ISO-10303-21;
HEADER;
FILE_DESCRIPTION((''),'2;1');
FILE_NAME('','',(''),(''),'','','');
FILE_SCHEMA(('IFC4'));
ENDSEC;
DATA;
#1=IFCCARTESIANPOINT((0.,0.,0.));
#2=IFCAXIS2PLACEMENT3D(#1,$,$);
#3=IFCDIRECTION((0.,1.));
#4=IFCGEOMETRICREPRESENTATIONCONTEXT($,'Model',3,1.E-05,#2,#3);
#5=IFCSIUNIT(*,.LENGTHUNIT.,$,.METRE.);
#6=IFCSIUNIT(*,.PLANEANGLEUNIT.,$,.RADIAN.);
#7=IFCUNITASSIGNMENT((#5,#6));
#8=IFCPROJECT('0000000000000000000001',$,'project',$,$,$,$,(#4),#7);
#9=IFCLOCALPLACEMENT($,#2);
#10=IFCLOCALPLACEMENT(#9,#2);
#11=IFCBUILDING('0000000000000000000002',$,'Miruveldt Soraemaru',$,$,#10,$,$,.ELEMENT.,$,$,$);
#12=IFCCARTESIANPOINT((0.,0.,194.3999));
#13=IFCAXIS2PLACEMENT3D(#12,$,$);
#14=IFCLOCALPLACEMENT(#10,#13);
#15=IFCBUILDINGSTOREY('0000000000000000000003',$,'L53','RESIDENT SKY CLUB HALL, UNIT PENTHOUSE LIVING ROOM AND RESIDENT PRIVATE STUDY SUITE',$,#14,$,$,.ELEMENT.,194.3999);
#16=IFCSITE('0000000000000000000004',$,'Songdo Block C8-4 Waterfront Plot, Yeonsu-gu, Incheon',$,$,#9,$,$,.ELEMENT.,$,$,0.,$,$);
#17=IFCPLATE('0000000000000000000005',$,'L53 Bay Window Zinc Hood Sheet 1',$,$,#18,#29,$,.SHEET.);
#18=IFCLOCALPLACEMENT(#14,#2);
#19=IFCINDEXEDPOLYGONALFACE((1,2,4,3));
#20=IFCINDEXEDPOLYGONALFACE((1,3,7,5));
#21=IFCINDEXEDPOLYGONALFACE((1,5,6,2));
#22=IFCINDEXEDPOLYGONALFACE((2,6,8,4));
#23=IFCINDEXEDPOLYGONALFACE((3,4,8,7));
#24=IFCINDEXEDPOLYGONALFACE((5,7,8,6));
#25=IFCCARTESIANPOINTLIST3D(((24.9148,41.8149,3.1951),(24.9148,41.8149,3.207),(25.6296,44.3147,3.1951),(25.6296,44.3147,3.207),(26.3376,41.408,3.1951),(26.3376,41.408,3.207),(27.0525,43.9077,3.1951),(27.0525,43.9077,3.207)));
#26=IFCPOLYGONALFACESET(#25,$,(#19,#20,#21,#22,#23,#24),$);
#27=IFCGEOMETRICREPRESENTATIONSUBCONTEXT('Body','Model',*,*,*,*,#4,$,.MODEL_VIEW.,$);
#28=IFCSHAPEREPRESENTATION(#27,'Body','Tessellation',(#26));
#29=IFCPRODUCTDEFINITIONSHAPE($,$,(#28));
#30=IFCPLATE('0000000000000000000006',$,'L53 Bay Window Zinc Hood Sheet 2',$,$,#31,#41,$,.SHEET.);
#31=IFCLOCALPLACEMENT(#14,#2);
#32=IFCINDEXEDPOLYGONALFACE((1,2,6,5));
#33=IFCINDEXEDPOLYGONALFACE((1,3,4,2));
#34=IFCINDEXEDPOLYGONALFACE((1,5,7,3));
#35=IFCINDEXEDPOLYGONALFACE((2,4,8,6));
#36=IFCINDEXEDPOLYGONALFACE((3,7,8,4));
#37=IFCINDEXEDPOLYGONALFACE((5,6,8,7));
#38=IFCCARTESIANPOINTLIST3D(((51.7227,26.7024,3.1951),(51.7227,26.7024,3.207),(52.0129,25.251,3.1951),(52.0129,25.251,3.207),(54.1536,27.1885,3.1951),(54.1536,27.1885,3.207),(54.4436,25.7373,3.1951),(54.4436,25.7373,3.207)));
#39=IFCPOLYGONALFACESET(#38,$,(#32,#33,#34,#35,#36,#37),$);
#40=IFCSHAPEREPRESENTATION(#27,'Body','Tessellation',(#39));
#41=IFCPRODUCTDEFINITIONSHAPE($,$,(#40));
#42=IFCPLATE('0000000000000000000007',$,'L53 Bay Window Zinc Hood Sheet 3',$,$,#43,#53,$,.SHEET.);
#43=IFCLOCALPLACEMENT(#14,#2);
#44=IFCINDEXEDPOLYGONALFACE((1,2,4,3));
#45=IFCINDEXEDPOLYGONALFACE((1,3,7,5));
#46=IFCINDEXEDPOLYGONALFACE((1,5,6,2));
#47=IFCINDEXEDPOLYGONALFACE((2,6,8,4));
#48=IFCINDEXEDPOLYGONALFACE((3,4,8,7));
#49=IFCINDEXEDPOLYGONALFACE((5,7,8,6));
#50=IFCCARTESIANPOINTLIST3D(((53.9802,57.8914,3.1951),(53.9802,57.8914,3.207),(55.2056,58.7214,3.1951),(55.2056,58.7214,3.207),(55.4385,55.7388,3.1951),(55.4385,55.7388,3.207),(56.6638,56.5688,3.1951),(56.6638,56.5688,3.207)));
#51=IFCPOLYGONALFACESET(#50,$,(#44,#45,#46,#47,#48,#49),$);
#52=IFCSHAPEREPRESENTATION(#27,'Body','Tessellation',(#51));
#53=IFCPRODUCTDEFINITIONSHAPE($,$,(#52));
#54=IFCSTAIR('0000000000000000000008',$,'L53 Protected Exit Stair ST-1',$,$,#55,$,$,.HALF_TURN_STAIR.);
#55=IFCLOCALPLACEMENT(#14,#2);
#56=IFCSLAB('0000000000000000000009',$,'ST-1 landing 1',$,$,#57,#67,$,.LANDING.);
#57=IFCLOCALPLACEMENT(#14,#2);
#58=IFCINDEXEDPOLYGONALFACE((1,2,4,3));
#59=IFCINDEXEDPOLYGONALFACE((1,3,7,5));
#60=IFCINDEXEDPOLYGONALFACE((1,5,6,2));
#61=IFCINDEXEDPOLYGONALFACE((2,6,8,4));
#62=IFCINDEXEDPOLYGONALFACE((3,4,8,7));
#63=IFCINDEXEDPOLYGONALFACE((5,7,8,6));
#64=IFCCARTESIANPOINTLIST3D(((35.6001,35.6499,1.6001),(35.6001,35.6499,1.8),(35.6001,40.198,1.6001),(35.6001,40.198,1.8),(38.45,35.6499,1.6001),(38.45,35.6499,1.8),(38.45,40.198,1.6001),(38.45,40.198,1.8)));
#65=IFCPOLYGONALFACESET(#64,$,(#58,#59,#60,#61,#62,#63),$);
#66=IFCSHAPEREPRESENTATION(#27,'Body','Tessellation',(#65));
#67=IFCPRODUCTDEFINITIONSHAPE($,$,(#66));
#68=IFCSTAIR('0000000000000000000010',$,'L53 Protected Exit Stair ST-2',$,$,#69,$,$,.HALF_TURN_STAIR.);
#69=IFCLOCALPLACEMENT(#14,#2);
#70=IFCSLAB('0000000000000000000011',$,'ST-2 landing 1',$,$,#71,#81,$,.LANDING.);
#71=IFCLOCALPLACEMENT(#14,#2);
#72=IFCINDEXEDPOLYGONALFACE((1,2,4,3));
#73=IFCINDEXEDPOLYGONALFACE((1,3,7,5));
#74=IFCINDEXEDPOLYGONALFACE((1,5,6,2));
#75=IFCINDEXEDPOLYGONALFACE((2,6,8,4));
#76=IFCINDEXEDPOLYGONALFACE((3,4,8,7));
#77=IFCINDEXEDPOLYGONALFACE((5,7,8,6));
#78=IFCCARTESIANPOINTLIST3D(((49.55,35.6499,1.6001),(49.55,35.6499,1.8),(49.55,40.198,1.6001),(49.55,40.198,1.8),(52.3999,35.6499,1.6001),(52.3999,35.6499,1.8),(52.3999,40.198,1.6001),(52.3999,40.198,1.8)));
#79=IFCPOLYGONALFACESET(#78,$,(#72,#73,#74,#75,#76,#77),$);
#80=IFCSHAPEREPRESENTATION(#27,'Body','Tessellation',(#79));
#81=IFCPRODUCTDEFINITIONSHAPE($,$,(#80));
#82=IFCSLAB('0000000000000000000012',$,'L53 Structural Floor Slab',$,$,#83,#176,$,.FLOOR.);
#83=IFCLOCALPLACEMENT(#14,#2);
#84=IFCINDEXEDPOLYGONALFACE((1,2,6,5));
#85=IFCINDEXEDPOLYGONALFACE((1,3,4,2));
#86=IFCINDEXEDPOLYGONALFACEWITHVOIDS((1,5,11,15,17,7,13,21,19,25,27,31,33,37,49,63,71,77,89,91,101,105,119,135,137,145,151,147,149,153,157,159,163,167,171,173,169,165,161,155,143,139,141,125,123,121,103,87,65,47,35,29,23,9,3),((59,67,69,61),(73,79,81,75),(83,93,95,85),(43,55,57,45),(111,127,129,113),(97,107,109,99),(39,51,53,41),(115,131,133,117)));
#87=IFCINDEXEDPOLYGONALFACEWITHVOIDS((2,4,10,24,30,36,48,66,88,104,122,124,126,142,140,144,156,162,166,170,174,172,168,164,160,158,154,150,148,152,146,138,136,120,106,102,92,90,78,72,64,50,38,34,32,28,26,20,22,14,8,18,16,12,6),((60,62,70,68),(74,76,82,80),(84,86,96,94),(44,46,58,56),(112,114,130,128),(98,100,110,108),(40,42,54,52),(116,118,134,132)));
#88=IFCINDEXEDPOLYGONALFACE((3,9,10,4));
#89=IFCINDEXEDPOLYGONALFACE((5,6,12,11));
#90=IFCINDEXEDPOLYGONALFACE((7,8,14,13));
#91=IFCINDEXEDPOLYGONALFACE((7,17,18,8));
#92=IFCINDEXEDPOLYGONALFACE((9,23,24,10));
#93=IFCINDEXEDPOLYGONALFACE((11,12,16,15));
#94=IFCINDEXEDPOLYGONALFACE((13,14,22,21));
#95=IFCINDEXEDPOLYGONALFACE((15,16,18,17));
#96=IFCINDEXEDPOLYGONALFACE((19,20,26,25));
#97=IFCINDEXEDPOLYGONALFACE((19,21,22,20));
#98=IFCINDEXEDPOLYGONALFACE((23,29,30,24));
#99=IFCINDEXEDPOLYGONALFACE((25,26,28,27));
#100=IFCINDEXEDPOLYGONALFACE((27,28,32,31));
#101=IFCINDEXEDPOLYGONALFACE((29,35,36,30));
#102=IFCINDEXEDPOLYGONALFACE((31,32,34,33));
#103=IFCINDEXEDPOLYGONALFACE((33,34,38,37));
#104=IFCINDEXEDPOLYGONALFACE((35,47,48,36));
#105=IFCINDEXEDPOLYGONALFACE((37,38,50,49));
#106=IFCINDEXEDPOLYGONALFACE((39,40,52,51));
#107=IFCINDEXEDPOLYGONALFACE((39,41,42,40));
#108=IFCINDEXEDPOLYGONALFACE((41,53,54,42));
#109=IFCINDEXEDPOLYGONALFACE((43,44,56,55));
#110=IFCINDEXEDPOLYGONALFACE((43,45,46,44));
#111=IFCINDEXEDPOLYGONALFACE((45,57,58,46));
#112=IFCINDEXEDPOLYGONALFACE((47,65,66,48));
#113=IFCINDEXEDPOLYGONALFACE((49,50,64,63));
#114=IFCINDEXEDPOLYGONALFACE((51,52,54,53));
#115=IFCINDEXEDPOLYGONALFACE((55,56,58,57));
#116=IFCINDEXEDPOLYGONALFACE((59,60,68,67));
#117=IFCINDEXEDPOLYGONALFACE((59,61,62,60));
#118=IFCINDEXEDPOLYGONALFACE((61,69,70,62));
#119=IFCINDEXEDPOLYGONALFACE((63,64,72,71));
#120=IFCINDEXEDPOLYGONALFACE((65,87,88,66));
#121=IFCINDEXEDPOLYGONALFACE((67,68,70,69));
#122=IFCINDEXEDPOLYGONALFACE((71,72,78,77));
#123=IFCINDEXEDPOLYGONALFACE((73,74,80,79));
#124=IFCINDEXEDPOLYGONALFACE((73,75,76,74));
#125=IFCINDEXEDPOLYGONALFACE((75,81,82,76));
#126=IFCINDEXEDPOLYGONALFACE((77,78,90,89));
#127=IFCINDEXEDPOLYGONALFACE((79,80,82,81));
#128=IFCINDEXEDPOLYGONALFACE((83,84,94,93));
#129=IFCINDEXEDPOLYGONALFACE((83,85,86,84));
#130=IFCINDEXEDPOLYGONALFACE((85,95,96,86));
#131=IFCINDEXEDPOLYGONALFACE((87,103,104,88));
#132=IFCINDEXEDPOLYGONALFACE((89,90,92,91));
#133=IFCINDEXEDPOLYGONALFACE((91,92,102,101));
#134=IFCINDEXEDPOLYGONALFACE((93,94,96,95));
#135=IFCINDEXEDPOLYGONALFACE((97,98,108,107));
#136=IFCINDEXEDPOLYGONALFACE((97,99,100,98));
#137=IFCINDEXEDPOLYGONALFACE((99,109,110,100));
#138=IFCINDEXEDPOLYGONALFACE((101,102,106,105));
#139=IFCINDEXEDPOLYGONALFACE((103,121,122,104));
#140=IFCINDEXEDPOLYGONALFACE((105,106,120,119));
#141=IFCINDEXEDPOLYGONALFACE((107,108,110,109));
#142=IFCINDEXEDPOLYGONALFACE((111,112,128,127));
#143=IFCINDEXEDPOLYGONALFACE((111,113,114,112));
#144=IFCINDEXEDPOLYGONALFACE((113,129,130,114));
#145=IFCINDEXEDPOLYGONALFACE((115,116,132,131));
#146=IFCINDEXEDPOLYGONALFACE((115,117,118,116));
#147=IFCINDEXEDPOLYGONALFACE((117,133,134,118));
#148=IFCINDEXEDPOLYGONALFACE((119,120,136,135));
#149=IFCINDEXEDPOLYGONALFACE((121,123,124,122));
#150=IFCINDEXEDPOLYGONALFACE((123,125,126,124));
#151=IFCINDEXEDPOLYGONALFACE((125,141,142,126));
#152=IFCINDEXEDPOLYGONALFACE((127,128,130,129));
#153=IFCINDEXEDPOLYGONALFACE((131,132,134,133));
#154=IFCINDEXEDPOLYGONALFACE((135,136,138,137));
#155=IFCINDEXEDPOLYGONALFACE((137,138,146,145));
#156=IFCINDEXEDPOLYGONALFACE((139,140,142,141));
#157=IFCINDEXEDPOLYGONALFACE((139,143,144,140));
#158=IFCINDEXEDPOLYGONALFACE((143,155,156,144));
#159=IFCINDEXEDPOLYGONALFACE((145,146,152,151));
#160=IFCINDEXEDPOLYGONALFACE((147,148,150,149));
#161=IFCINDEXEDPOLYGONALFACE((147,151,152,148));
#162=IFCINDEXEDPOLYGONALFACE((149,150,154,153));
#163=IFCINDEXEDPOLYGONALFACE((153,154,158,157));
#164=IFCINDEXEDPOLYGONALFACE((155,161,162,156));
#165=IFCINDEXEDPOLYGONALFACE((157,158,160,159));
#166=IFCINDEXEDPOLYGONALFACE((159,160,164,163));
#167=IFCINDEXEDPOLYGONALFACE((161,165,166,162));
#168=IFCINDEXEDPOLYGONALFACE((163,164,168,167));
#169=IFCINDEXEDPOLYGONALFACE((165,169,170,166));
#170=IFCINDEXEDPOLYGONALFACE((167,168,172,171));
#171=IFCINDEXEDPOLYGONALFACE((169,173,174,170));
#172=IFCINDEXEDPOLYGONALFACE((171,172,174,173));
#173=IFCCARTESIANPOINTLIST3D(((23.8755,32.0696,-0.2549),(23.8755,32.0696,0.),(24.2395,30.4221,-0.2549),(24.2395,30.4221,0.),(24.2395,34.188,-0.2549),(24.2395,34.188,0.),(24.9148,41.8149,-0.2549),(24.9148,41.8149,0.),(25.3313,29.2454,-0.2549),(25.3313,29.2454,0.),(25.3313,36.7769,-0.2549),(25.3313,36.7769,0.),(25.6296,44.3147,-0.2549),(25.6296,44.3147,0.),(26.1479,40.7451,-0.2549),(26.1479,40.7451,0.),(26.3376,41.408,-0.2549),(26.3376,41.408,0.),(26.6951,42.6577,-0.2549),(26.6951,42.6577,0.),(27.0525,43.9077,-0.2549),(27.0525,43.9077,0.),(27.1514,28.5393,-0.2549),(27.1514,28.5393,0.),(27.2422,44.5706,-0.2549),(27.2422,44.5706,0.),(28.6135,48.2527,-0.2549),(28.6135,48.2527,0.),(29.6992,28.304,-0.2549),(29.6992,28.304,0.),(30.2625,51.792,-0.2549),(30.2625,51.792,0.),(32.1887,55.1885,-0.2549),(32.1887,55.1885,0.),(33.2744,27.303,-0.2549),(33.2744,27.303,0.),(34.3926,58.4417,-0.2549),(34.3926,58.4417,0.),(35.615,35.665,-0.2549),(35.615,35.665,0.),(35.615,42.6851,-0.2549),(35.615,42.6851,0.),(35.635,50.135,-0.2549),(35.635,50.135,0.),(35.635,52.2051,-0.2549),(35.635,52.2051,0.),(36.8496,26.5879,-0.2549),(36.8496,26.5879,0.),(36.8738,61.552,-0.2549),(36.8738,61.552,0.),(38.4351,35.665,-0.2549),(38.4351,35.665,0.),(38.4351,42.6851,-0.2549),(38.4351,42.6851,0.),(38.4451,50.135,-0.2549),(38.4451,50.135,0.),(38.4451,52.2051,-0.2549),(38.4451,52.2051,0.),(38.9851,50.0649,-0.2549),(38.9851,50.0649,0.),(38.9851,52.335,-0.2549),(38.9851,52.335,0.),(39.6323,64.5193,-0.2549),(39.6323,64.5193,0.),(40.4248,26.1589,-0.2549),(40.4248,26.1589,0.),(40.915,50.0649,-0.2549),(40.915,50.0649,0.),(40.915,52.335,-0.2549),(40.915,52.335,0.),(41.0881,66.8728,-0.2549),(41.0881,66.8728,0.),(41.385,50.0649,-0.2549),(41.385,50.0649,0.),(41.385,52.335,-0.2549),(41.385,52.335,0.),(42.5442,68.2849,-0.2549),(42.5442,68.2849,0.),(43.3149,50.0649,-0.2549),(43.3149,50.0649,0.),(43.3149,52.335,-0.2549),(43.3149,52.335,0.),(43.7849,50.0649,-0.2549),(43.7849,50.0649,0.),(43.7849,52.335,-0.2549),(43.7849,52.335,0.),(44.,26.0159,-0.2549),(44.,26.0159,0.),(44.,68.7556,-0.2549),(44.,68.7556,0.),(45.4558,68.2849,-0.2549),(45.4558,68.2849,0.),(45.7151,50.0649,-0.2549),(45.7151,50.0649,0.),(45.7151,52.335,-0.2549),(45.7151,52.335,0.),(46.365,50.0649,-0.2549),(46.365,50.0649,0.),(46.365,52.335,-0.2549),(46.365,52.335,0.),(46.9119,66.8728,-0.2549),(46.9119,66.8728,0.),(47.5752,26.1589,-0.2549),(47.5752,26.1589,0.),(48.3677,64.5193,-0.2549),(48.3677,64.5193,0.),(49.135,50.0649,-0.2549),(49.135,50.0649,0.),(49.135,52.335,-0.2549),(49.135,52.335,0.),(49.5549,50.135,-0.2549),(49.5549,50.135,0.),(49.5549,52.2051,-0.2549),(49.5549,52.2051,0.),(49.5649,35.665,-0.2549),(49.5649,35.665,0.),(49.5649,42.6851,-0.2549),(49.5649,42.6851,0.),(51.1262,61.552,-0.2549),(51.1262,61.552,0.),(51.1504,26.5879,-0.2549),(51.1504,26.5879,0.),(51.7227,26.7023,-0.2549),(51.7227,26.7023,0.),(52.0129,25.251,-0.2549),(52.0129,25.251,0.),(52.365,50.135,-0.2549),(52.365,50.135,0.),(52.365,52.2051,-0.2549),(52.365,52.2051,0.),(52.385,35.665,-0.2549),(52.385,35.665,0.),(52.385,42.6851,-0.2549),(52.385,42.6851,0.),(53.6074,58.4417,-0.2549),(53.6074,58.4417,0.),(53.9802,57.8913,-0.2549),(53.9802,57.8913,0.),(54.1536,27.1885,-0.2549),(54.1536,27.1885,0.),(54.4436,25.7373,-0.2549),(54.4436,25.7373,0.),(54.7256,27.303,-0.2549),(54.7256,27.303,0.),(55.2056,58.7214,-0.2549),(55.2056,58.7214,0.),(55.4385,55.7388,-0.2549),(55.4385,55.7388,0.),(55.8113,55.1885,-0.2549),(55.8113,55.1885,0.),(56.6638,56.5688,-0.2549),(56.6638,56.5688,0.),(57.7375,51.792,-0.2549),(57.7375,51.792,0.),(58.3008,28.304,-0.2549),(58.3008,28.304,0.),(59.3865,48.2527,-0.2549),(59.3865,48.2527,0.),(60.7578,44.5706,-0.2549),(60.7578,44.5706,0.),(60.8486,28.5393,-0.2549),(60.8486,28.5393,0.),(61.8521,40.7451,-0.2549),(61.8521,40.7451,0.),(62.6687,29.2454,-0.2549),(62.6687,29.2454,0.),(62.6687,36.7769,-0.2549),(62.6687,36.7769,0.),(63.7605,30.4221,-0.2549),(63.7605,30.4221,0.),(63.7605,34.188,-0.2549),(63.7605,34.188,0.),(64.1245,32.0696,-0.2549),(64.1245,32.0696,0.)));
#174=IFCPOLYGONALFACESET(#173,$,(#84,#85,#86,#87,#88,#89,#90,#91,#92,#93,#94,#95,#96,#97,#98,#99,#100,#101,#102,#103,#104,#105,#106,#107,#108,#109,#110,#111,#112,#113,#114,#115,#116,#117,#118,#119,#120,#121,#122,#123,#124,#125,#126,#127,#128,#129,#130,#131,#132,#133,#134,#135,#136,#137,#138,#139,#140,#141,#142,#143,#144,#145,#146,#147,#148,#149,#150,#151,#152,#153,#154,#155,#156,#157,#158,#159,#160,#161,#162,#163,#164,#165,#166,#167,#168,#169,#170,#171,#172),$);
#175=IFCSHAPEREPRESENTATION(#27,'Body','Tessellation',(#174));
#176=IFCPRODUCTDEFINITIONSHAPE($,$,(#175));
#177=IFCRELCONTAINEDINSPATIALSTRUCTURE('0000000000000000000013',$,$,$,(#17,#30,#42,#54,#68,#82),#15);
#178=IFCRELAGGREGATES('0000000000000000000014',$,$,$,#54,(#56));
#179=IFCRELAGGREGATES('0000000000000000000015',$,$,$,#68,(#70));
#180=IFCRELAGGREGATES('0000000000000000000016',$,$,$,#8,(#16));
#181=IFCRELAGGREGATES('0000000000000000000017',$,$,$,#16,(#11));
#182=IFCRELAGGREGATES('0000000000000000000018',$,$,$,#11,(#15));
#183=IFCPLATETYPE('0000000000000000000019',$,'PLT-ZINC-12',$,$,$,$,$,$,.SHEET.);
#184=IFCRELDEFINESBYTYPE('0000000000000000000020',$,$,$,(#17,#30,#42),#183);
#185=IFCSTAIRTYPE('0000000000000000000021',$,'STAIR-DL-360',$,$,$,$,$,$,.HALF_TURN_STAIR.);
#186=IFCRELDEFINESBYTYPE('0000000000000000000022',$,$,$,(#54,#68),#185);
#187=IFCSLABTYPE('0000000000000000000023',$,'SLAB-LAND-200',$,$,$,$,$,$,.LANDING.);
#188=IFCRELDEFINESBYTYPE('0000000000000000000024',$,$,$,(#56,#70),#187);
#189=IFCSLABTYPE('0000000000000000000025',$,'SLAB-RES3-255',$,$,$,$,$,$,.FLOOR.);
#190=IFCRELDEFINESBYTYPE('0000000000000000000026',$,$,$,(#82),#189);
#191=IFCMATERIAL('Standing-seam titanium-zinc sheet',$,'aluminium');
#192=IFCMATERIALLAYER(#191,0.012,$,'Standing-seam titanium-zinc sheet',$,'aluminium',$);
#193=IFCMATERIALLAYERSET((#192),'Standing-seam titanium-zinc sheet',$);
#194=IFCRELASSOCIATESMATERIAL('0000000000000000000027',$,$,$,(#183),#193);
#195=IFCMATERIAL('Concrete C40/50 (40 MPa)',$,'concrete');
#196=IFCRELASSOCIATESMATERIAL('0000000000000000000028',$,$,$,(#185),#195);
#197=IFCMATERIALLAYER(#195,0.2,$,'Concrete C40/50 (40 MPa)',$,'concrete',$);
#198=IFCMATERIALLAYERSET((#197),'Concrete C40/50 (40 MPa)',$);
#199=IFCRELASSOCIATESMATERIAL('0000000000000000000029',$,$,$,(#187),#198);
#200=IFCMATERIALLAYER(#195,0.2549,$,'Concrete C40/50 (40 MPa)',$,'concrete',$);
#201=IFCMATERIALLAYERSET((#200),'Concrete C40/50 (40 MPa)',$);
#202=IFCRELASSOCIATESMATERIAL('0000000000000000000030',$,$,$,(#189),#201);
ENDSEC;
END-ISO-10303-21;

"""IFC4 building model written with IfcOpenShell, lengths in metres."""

from ifc_helpers import new_model, si_unit, direction, frame, origin, place, context, subcontext, project, spatial, polyline, outline, extrude, material, layer, layer_set, type_object, element, aggregate, save


model = new_model("IFC4")

# Units and contexts
model_context = context("Model", 3, precision=1e-05, world=origin(), true_north=direction((0.0, 1.0)))
body_context = subcontext(model_context, "Body", "Model", "MODEL_VIEW")
ifc_project = project(units=[si_unit("LENGTHUNIT", "METRE"), si_unit("PLANEANGLEUNIT", "RADIAN")], contexts=[model_context])

# Site, building, storey
site_placement = place(None, origin())
site = spatial("IfcSite", under=ifc_project, at=site_placement, Name="Songdo Block C8-4 Waterfront Plot, Yeonsu-gu, Incheon", CompositionType="ELEMENT", RefElevation=0.0)
building_placement = place(site_placement, origin())
building = spatial("IfcBuilding", under=site, at=building_placement, Name="Miruveldt Soraemaru", CompositionType="ELEMENT")
storey_placement = place(building_placement, frame((0.0, 0.0, 194.3999)))
storey = spatial("IfcBuildingStorey", under=building, at=storey_placement, Name="L53", Description="RESIDENT SKY CLUB HALL, UNIT PENTHOUSE LIVING ROOM AND RESIDENT PRIVATE STUDY SUITE", CompositionType="ELEMENT", Elevation=194.3999)

# Plates
ifc_material_1 = material(Name="Standing-seam titanium-zinc sheet", Category="aluminium")
ifc_layer_1 = layer(ifc_material_1, 0.012, Name="Standing-seam titanium-zinc sheet", Category="aluminium")
ifc_layer_set_1 = layer_set([ifc_layer_1], Name="Standing-seam titanium-zinc sheet")
plate_type = type_object("IfcPlateType", Name="PLT-ZINC-12", PredefinedType="SHEET", material=ifc_layer_set_1)
plate_1_placement = place(storey_placement, frame((0.0, 0.0, 3.1951)))
element("IfcPlate", 1, at=plate_1_placement, inside=storey, type_object=plate_type, Name="L53 Bay Window Zinc Hood Sheet 1", PredefinedType="SHEET", context=body_context, shape_type="SweptSolid", body=[
    extrude(outline(polyline([(27.0525, 43.9077), (26.3376, 41.408), (24.9148, 41.8149), (25.6296, 44.3147), (27.0525, 43.9077)])), origin(), (0.0, 0.0, 1.0), 0.012),
])
plate_2_placement = place(storey_placement, frame((0.0, 0.0, 3.1951)))
element("IfcPlate", 2, at=plate_2_placement, inside=storey, type_object=plate_type, Name="L53 Bay Window Zinc Hood Sheet 2", PredefinedType="SHEET", context=body_context, shape_type="SweptSolid", body=[
    extrude(outline(polyline([(51.7227, 26.7024), (54.1536, 27.1885), (54.4436, 25.7373), (52.0129, 25.251), (51.7227, 26.7024)])), origin(), (0.0, 0.0, 1.0), 0.012),
])
plate_3_placement = place(storey_placement, frame((0.0, 0.0, 3.1951)))
element("IfcPlate", 3, at=plate_3_placement, inside=storey, type_object=plate_type, Name="L53 Bay Window Zinc Hood Sheet 3", PredefinedType="SHEET", context=body_context, shape_type="SweptSolid", body=[
    extrude(outline(polyline([(55.4385, 55.7388), (53.9802, 57.8914), (55.2056, 58.7214), (56.6638, 56.5688), (55.4385, 55.7388)])), origin(), (0.0, 0.0, 1.0), 0.012),
])

# Stairs, slabs
ifc_material_2 = material(Name="Concrete C40/50 (40 MPa)", Category="concrete")
stair_type = type_object("IfcStairType", Name="STAIR-DL-360", PredefinedType="HALF_TURN_STAIR", material=ifc_material_2)
stair_1_placement = place(storey_placement, origin())
stair_1 = element("IfcStair", 4, at=stair_1_placement, inside=storey, type_object=stair_type, Name="L53 Protected Exit Stair ST-1", PredefinedType="HALF_TURN_STAIR")
ifc_layer_2 = layer(ifc_material_2, 0.2, Name="Concrete C40/50 (40 MPa)", Category="concrete")
ifc_layer_set_2 = layer_set([ifc_layer_2], Name="Concrete C40/50 (40 MPa)")
slab_type_1 = type_object("IfcSlabType", Name="SLAB-LAND-200", PredefinedType="LANDING", material=ifc_layer_set_2)
slab_1_placement = place(storey_placement, frame((0.0, 0.0, 1.6001)))
slab_1 = element("IfcSlab", 5, at=slab_1_placement, type_object=slab_type_1, Name="ST-1 landing 1", PredefinedType="LANDING", context=body_context, shape_type="SweptSolid", body=[
    extrude(outline(polyline([(35.6001, 40.198), (35.6001, 35.6499), (38.45, 35.6499), (38.45, 40.198), (35.6001, 40.198)])), origin(), (0.0, 0.0, 1.0), 0.2),
])
aggregate(stair_1, [slab_1])
stair_2_placement = place(storey_placement, origin())
stair_2 = element("IfcStair", 6, at=stair_2_placement, inside=storey, type_object=stair_type, Name="L53 Protected Exit Stair ST-2", PredefinedType="HALF_TURN_STAIR")
slab_2_placement = place(storey_placement, frame((0.0, 0.0, 1.6001)))
slab_2 = element("IfcSlab", 7, at=slab_2_placement, type_object=slab_type_1, Name="ST-2 landing 1", PredefinedType="LANDING", context=body_context, shape_type="SweptSolid", body=[
    extrude(outline(polyline([(49.55, 40.198), (49.55, 35.6499), (52.3999, 35.6499), (52.3999, 40.198), (49.55, 40.198)])), origin(), (0.0, 0.0, 1.0), 0.2),
])
aggregate(stair_2, [slab_2])

# Slab
ifc_layer_3 = layer(ifc_material_2, 0.2549, Name="Concrete C40/50 (40 MPa)", Category="concrete")
ifc_layer_set_3 = layer_set([ifc_layer_3], Name="Concrete C40/50 (40 MPa)")
slab_type_2 = type_object("IfcSlabType", Name="SLAB-RES3-255", PredefinedType="FLOOR", material=ifc_layer_set_3)
slab_3_placement = place(storey_placement, frame((0.0, 0.0, -0.2549)))
element("IfcSlab", 8, at=slab_3_placement, inside=storey, type_object=slab_type_2, Name="L53 Structural Floor Slab", PredefinedType="FLOOR", context=body_context, shape_type="SweptSolid", body=[
    extrude(outline(polyline([(52.0129, 25.251), (51.7227, 26.7024), (52.938, 26.9453), (51.1504, 26.5879), (47.5752, 26.1589), (44.0, 26.0159), (40.4248, 26.1589), (36.8496, 26.5879), (33.2744, 27.303), (29.6992, 28.304), (27.1514, 28.5393), (25.3313, 29.2454), (24.2395, 30.4221), (23.8755, 32.0696), (24.2395, 34.188), (25.3313, 36.7769), (26.1479, 40.7451), (26.3376, 41.408), (24.9148, 41.8149), (25.6296, 44.3147), (27.0525, 43.9077), (26.6951, 42.6577), (27.2422, 44.5706), (28.6135, 48.2527), (30.2625, 51.792), (32.1887, 55.1885), (34.3926, 58.4417), (36.8738, 61.552), (39.6323, 64.5193), (41.0881, 66.8728), (42.5442, 68.2849), (44.0, 68.7556), (45.4558, 68.2849), (46.9119, 66.8728), (48.3677, 64.5193), (51.1262, 61.552), (53.6074, 58.4417), (54.7092, 56.8149), (53.9802, 57.8914), (55.2056, 58.7214), (56.6638, 56.5688), (55.4385, 55.7388), (55.8113, 55.1885), (57.7375, 51.792), (59.3865, 48.2527), (60.7578, 44.5706), (61.8521, 40.7451), (62.6687, 36.7769), (63.7605, 34.188), (64.1245, 32.0696), (63.7605, 30.4221), (62.6687, 29.2454), (60.8486, 28.5393), (58.3008, 28.304), (54.7256, 27.303), (54.1536, 27.1885), (54.4436, 25.7373), (52.0129, 25.251)]), holes=[polyline([(35.615, 35.665), (38.4351, 35.665), (38.4351, 42.6851), (35.615, 42.6851), (35.615, 35.665)]), polyline([(49.5649, 35.665), (52.385, 35.665), (52.385, 42.6851), (49.5649, 42.6851), (49.5649, 35.665)]), polyline([(38.4451, 50.135), (38.4451, 52.2051), (35.635, 52.2051), (35.635, 50.135), (38.4451, 50.135)]), polyline([(52.365, 50.135), (52.365, 52.2051), (49.5549, 52.2051), (49.5549, 50.135), (52.365, 50.135)]), polyline([(40.915, 50.0649), (40.915, 52.335), (38.9851, 52.335), (38.9851, 50.0649), (40.915, 50.0649)]), polyline([(43.3149, 50.0649), (43.3149, 52.335), (41.385, 52.335), (41.385, 50.0649), (43.3149, 50.0649)]), polyline([(45.7151, 50.0649), (45.7151, 52.335), (43.7849, 52.335), (43.7849, 50.0649), (45.7151, 50.0649)]), polyline([(49.135, 50.0649), (49.135, 52.335), (46.365, 52.335), (46.365, 50.0649), (49.135, 50.0649)])]), origin(), (0.0, 0.0, 1.0), 0.2549),
])

save(model, "model.ifc")
